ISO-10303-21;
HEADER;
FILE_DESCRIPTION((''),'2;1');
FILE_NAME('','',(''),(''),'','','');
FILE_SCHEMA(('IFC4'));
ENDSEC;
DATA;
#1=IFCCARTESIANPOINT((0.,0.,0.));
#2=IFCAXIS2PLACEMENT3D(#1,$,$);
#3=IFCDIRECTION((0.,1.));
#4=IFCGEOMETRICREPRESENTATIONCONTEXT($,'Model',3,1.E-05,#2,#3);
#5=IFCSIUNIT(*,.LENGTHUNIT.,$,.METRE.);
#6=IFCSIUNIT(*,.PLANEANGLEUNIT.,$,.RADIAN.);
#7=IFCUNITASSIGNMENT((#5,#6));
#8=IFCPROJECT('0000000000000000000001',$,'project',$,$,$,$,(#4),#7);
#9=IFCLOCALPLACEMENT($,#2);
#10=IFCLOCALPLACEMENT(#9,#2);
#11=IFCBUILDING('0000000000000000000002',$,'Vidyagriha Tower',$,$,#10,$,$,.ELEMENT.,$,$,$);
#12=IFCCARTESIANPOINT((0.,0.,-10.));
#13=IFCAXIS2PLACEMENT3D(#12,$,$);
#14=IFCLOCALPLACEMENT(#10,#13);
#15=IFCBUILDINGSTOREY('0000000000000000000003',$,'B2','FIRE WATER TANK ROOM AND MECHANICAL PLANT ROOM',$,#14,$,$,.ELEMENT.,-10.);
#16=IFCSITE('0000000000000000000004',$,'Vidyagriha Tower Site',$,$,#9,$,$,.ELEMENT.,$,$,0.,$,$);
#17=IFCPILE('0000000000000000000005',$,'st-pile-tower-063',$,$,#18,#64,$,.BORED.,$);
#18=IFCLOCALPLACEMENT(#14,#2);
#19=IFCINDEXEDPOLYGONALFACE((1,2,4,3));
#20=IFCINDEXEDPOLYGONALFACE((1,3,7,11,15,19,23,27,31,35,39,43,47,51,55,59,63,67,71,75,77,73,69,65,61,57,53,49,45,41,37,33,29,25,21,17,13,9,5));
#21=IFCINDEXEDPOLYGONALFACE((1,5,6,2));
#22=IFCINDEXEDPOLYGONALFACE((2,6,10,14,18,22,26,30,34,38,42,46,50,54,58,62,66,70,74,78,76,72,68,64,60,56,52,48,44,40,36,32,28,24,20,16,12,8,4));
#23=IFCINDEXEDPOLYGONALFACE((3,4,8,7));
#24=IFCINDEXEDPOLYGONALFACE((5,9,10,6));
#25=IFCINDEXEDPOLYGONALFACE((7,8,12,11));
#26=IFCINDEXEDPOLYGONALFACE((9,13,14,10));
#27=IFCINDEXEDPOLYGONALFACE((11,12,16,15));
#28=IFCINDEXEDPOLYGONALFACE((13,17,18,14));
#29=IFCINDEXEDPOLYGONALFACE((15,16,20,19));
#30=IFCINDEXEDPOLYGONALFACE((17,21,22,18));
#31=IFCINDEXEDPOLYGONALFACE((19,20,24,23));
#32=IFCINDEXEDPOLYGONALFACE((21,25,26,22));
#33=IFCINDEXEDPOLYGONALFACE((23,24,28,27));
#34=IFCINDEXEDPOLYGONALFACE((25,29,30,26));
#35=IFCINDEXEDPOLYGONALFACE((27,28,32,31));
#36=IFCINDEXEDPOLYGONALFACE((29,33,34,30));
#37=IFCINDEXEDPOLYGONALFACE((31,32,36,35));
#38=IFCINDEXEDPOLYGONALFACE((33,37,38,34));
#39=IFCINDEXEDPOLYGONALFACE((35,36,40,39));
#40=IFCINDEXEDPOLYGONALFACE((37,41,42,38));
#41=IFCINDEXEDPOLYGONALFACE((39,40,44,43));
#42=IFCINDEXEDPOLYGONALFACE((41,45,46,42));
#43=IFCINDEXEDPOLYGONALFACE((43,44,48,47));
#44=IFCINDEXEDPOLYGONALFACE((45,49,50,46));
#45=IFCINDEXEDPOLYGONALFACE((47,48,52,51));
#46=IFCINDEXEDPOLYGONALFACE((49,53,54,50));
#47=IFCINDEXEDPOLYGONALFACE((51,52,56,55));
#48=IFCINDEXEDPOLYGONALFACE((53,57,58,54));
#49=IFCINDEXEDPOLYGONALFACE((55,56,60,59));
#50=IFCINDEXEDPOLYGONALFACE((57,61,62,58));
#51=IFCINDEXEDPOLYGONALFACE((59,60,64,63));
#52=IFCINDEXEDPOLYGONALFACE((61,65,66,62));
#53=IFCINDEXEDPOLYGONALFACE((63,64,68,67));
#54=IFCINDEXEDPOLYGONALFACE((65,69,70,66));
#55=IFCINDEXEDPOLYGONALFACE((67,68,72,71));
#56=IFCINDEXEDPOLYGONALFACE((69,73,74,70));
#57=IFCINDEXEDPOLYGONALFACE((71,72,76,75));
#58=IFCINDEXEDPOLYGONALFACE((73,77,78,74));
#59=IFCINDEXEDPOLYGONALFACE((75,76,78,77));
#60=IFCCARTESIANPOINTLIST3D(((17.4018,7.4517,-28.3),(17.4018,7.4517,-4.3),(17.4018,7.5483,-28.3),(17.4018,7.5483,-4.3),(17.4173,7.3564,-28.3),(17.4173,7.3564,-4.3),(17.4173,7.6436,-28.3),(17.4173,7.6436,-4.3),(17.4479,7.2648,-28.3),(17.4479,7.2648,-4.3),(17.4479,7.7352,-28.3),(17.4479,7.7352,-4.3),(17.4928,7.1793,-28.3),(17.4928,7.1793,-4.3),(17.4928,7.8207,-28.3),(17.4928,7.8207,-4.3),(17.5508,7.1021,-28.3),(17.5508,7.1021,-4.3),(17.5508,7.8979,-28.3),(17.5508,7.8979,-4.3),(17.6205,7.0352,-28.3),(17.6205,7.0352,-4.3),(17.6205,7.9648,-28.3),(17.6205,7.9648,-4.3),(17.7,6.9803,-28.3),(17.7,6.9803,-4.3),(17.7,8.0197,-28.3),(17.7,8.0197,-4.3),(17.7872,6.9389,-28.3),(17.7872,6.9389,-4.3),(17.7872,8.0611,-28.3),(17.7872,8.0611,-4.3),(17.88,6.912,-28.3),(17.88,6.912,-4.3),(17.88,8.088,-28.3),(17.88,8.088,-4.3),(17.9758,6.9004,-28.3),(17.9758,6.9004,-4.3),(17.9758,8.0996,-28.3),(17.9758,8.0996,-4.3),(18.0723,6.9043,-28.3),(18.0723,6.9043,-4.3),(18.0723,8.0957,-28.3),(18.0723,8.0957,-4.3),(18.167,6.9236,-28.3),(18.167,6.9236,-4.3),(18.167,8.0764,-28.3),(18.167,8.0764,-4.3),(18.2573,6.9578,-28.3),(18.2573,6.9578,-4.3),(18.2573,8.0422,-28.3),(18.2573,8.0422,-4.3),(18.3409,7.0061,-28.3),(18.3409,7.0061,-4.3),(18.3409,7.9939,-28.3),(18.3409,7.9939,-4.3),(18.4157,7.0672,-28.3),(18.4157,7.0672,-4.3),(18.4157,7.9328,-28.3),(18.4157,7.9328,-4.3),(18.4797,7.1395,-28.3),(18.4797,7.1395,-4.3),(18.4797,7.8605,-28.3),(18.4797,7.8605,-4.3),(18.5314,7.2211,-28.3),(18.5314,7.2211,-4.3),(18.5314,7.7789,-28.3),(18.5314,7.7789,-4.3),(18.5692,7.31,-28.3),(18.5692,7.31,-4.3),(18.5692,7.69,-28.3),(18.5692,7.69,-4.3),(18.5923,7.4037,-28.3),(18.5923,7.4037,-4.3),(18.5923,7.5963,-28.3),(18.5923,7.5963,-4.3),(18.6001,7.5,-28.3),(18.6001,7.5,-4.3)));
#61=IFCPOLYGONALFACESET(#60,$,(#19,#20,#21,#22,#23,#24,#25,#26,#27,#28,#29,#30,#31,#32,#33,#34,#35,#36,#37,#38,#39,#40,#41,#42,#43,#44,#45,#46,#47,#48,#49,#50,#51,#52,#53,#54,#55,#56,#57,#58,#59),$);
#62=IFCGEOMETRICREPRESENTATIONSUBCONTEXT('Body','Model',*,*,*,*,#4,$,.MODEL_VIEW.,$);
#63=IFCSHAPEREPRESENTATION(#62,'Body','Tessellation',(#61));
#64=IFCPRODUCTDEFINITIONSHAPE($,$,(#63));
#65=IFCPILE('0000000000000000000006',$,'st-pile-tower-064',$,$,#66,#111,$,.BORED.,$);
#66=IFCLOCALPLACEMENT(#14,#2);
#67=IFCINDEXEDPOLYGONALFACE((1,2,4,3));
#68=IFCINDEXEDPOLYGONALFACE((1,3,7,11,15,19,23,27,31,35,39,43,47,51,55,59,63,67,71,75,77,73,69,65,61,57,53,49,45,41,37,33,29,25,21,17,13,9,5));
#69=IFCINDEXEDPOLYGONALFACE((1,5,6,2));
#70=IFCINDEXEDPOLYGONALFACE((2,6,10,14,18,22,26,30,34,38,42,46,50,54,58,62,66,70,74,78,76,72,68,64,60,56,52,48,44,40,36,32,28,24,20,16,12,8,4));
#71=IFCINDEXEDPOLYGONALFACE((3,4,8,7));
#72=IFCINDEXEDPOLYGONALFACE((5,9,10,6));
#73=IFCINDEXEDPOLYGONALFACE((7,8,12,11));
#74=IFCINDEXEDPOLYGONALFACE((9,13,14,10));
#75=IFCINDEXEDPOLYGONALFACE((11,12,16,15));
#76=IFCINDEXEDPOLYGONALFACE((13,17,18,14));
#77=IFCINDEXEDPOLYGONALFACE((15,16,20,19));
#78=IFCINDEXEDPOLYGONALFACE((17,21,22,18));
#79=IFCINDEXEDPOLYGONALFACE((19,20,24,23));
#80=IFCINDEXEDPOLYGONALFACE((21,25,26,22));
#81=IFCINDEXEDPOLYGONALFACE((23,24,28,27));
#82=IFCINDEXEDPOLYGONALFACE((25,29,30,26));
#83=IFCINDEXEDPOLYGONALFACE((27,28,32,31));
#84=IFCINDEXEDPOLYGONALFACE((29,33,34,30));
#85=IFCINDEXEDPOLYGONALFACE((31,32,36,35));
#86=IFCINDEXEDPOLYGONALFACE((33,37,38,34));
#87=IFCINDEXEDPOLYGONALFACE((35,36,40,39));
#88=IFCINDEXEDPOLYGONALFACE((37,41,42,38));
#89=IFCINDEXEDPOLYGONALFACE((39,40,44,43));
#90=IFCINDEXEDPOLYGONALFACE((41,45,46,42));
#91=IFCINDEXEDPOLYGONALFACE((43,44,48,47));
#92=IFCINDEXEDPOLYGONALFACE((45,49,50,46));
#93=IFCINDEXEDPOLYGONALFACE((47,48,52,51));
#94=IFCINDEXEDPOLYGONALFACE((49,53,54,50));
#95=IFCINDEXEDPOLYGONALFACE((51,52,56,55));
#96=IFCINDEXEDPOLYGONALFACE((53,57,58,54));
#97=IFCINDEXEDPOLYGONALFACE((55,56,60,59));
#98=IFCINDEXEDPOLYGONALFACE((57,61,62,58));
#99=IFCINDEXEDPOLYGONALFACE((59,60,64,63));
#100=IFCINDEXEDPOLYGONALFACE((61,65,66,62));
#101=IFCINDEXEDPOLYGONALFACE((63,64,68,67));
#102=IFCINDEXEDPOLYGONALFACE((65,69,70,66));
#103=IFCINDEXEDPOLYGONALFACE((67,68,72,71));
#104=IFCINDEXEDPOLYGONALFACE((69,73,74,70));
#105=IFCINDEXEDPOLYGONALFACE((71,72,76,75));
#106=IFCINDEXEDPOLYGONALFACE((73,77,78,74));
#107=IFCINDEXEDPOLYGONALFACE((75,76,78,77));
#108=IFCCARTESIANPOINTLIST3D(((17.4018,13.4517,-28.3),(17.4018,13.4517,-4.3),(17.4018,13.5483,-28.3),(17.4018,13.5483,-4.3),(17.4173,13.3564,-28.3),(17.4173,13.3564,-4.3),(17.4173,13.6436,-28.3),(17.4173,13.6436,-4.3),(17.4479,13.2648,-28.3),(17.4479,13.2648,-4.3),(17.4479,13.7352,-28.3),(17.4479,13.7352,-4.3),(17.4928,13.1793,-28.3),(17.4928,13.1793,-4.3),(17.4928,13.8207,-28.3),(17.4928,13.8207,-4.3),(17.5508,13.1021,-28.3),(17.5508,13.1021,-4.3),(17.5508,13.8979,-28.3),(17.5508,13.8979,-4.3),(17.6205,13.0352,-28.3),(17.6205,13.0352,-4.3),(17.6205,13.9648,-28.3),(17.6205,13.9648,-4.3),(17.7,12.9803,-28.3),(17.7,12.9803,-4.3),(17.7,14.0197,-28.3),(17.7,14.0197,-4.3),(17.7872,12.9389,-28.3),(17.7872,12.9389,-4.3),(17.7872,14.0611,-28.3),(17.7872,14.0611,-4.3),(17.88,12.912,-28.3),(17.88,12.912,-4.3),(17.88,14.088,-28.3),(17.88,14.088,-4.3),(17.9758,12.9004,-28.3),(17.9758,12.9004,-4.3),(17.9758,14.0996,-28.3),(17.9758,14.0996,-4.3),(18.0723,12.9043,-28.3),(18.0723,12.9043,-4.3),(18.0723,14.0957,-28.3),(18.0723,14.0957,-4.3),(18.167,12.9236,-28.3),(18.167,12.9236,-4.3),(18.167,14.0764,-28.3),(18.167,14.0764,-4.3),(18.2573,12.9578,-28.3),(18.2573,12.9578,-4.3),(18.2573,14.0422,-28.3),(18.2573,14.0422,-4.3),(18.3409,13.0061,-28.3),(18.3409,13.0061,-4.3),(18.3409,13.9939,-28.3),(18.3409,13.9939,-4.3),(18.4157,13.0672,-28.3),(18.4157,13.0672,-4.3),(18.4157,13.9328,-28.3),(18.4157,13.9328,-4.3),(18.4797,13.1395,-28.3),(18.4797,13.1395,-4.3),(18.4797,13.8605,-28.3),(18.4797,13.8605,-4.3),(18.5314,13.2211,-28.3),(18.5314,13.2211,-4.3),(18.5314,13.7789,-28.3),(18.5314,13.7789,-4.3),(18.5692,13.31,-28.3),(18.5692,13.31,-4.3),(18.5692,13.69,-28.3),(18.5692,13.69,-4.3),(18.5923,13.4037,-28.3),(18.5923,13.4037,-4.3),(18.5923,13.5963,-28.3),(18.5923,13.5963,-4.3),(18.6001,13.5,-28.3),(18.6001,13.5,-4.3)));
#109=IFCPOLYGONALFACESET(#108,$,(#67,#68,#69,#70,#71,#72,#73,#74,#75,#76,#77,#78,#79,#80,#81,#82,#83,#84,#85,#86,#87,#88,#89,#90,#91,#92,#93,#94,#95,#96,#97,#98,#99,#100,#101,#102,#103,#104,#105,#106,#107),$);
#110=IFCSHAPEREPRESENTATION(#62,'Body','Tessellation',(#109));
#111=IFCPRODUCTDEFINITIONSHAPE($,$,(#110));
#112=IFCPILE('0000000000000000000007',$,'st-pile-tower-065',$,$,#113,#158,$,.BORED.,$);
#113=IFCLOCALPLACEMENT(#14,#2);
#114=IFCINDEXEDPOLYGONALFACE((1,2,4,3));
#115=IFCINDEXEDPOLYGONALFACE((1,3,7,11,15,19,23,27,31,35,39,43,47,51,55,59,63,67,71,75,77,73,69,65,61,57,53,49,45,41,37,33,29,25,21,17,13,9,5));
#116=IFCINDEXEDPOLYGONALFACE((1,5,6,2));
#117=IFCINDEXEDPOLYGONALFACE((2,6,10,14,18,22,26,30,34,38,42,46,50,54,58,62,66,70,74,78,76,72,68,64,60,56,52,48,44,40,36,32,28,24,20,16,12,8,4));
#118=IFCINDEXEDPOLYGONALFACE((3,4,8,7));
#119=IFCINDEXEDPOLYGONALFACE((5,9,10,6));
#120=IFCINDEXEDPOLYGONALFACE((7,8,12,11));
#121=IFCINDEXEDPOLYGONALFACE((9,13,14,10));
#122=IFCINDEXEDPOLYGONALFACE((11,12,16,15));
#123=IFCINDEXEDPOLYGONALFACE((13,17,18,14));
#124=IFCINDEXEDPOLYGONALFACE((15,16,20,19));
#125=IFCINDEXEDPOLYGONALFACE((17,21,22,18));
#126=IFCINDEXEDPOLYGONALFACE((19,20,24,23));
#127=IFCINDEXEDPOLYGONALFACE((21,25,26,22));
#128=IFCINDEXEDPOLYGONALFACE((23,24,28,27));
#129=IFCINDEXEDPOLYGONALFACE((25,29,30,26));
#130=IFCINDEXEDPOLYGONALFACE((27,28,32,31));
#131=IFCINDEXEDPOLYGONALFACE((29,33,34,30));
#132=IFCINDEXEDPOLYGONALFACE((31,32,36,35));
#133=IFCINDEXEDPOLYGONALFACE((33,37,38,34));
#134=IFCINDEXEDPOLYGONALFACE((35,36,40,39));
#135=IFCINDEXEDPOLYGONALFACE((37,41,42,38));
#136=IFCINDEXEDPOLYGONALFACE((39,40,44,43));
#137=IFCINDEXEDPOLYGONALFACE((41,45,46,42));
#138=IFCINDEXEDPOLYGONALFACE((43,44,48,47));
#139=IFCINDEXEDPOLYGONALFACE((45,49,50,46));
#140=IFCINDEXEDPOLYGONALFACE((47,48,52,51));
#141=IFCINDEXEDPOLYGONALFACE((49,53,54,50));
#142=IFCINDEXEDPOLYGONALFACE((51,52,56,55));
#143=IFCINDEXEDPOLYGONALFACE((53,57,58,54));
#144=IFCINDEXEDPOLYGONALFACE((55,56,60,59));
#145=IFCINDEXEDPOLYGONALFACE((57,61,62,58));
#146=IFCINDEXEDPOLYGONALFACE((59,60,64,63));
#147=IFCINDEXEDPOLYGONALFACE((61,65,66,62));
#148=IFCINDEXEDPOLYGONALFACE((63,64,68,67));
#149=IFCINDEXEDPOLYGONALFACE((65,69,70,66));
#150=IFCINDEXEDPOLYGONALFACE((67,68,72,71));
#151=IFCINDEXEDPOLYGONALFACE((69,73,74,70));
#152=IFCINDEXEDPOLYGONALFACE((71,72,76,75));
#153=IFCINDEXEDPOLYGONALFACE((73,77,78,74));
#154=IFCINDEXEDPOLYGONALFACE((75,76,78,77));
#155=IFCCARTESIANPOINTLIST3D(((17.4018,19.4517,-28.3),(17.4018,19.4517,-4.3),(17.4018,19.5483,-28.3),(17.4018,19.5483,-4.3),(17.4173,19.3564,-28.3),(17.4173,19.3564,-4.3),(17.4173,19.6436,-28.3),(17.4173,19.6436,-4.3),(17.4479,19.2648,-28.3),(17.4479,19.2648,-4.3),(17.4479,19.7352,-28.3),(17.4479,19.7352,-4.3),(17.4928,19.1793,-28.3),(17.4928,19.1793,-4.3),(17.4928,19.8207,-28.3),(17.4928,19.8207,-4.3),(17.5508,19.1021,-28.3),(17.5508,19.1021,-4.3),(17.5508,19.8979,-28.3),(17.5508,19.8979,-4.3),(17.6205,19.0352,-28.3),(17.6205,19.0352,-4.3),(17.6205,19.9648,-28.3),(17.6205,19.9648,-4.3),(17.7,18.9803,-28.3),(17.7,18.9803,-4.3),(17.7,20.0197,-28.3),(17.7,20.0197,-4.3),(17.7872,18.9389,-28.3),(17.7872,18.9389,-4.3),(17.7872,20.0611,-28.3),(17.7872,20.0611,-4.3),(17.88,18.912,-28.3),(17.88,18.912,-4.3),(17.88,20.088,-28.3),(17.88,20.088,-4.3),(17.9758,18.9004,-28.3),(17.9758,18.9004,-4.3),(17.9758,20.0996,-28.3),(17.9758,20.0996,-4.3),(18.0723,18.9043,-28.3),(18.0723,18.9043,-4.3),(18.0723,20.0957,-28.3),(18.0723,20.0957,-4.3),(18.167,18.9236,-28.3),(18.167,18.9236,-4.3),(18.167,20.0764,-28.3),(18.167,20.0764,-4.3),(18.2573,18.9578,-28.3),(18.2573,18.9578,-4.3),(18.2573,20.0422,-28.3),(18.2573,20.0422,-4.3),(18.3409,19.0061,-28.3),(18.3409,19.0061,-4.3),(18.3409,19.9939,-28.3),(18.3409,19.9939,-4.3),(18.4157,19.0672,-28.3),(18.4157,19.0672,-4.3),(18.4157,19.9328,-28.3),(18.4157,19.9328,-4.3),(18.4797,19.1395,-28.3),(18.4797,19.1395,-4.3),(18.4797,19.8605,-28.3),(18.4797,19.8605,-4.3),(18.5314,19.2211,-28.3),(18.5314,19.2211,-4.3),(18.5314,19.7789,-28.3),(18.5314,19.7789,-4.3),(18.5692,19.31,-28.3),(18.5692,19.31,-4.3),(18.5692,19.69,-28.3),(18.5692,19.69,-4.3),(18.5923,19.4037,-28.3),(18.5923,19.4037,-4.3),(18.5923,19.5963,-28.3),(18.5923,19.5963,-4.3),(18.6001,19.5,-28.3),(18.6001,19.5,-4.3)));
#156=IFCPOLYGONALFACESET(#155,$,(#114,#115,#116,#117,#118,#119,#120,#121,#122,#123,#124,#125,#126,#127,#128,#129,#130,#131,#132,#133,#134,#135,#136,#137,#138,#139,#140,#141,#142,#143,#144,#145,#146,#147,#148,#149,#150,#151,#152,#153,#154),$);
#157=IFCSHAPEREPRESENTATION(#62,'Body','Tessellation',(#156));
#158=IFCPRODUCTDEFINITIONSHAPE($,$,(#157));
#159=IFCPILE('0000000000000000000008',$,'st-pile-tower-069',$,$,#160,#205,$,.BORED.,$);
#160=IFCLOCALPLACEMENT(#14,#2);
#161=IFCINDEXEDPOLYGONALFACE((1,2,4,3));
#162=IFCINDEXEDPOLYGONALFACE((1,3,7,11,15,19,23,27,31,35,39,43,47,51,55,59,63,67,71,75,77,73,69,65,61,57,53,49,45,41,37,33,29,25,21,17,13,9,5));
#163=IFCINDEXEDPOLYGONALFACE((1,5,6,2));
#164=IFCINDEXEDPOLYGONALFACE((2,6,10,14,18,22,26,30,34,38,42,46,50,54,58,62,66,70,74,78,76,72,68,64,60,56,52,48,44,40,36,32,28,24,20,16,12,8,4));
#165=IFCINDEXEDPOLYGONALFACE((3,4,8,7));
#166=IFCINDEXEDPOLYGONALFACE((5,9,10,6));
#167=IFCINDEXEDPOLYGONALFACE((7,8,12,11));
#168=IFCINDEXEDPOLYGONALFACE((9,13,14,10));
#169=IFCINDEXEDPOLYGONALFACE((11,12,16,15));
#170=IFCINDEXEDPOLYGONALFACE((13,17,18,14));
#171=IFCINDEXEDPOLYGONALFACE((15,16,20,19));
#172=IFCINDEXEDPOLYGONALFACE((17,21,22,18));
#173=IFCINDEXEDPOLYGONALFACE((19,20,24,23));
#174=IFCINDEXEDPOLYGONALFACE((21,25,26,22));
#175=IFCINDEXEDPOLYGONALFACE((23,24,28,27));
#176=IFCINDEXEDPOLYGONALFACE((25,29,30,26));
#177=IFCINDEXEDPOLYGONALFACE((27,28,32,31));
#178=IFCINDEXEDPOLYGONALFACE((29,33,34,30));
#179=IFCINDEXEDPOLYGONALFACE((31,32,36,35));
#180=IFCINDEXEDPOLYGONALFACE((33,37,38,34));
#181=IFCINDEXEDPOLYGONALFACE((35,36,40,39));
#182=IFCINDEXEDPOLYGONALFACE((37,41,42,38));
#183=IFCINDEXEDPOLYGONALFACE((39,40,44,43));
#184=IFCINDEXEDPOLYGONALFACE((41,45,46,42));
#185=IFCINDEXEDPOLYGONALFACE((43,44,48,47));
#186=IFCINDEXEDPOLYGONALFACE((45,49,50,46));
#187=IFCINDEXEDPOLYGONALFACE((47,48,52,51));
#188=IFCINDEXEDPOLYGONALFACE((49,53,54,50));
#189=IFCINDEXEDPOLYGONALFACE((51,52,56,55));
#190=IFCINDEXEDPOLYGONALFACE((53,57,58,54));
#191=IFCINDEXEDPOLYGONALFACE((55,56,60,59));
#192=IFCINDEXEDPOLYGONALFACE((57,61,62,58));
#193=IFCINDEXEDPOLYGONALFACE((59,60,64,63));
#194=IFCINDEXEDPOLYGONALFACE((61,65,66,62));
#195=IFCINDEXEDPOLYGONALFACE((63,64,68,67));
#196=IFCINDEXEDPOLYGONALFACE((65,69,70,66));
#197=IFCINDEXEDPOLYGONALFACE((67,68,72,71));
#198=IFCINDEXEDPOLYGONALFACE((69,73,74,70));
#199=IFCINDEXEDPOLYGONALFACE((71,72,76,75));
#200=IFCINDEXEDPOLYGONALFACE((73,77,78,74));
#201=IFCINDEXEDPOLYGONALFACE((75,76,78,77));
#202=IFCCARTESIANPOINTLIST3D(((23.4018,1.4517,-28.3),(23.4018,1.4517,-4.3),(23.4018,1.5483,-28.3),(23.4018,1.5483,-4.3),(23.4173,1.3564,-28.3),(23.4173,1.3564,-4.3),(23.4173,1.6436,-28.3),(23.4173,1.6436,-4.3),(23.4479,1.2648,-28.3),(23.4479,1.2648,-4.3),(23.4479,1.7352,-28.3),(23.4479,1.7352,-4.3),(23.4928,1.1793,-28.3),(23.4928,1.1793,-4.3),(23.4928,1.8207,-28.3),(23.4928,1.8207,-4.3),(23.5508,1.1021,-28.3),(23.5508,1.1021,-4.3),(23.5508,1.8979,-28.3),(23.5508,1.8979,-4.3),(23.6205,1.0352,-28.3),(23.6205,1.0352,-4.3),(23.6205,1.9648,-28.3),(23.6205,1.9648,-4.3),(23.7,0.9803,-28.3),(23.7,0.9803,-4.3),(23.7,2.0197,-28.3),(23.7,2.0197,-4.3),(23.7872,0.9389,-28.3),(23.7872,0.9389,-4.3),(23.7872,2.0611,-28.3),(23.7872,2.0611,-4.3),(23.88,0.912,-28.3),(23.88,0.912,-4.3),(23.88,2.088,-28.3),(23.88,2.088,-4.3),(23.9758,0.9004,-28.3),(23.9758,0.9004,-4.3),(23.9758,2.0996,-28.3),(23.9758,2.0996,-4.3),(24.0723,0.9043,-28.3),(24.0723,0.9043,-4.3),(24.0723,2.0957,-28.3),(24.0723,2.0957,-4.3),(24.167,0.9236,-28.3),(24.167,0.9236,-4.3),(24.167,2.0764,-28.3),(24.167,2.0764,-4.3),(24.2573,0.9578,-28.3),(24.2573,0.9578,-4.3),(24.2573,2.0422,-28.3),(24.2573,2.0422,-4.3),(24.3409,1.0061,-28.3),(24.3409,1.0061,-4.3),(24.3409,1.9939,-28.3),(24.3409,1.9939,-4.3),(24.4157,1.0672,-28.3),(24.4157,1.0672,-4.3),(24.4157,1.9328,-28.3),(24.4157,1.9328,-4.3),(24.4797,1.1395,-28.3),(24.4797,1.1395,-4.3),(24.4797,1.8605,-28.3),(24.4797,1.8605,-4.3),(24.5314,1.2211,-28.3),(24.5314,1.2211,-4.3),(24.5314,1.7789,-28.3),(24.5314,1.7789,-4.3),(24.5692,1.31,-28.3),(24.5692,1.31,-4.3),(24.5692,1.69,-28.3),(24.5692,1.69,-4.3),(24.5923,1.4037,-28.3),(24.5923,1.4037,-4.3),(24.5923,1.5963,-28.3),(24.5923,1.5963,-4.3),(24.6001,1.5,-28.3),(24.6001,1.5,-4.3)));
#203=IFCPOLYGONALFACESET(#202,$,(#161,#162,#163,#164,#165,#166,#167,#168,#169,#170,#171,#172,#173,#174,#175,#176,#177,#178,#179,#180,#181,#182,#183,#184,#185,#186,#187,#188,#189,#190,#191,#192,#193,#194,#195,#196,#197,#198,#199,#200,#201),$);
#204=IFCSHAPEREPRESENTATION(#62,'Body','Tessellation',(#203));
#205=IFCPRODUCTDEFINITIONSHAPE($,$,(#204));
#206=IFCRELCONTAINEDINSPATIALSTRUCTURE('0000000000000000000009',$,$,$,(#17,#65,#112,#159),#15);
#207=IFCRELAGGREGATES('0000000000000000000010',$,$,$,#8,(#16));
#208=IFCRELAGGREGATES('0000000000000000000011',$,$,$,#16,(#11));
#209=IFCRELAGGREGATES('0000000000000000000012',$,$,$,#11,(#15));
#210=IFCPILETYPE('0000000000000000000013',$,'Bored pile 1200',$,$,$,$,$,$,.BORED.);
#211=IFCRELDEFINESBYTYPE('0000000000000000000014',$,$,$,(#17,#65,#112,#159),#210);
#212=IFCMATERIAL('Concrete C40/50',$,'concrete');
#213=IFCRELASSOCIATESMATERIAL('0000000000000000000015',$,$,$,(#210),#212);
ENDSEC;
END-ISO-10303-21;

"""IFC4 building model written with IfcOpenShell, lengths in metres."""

from ifc_helpers import new_model, si_unit, direction, frame, origin, origin_2d, place, context, subcontext, project, spatial, circle, extrude, material, material_profile, profile_set, type_object, element, save


model = new_model("IFC4")

# Units and contexts
model_context = context("Model", 3, precision=1e-05, world=origin(), true_north=direction((0.0, 1.0)))
body_context = subcontext(model_context, "Body", "Model", "MODEL_VIEW")
ifc_project = project(units=[si_unit("LENGTHUNIT", "METRE"), si_unit("PLANEANGLEUNIT", "RADIAN")], contexts=[model_context])

# Site, building, storey
site_placement = place(None, origin())
site = spatial("IfcSite", under=ifc_project, at=site_placement, Name="Vidyagriha Tower Site", CompositionType="ELEMENT", RefElevation=0.0)
building_placement = place(site_placement, origin())
building = spatial("IfcBuilding", under=site, at=building_placement, Name="Vidyagriha Tower", CompositionType="ELEMENT")
storey_placement = place(building_placement, frame((0.0, 0.0, -10.0)))
storey = spatial("IfcBuildingStorey", under=building, at=storey_placement, Name="B2", Description="FIRE WATER TANK ROOM AND MECHANICAL PLANT ROOM", CompositionType="ELEMENT", Elevation=-10.0)

# Piles
ifc_material_1 = material(Name="Concrete C40/50", Category="concrete")
ifc_material_profile_1 = material_profile(ifc_material_1, circle(Radius=0.6001, at=origin_2d()), Name="Bored pile 1200")
ifc_profile_set_1 = profile_set([ifc_material_profile_1], Name="Concrete C40/50")
pile_type = type_object("IfcPileType", Name="Bored pile 1200", PredefinedType="BORED", material=ifc_profile_set_1)
for number, where, z_axis, x_axis, name in (
    (1, (18.0, 7.5, -4.3), (0.0, 0.0, -1.0), (1.0, 0.0, 0.0), "st-pile-tower-063"),
    (2, (18.0, 13.5, -4.3), (0.0, 0.0, -1.0), (1.0, 0.0, 0.0), "st-pile-tower-064"),
    (3, (18.0, 19.5, -4.3), (0.0, 0.0, -1.0), (1.0, 0.0, 0.0), "st-pile-tower-065"),
    (4, (24.0, 1.5, -4.3), (0.0, 0.0, -1.0), (1.0, 0.0, 0.0), "st-pile-tower-069"),
):
    element("IfcPile", number, at=place(storey_placement, frame(where, z_axis=z_axis, x_axis=x_axis)), inside=storey, type_object=pile_type, Name=name, PredefinedType="BORED", context=body_context, shape_type="SweptSolid", body=[
        extrude(circle(Radius=0.6001, at=origin_2d()), origin(), (0.0, 0.0, 1.0), 24.0),
    ])

save(model, "model.ifc")
